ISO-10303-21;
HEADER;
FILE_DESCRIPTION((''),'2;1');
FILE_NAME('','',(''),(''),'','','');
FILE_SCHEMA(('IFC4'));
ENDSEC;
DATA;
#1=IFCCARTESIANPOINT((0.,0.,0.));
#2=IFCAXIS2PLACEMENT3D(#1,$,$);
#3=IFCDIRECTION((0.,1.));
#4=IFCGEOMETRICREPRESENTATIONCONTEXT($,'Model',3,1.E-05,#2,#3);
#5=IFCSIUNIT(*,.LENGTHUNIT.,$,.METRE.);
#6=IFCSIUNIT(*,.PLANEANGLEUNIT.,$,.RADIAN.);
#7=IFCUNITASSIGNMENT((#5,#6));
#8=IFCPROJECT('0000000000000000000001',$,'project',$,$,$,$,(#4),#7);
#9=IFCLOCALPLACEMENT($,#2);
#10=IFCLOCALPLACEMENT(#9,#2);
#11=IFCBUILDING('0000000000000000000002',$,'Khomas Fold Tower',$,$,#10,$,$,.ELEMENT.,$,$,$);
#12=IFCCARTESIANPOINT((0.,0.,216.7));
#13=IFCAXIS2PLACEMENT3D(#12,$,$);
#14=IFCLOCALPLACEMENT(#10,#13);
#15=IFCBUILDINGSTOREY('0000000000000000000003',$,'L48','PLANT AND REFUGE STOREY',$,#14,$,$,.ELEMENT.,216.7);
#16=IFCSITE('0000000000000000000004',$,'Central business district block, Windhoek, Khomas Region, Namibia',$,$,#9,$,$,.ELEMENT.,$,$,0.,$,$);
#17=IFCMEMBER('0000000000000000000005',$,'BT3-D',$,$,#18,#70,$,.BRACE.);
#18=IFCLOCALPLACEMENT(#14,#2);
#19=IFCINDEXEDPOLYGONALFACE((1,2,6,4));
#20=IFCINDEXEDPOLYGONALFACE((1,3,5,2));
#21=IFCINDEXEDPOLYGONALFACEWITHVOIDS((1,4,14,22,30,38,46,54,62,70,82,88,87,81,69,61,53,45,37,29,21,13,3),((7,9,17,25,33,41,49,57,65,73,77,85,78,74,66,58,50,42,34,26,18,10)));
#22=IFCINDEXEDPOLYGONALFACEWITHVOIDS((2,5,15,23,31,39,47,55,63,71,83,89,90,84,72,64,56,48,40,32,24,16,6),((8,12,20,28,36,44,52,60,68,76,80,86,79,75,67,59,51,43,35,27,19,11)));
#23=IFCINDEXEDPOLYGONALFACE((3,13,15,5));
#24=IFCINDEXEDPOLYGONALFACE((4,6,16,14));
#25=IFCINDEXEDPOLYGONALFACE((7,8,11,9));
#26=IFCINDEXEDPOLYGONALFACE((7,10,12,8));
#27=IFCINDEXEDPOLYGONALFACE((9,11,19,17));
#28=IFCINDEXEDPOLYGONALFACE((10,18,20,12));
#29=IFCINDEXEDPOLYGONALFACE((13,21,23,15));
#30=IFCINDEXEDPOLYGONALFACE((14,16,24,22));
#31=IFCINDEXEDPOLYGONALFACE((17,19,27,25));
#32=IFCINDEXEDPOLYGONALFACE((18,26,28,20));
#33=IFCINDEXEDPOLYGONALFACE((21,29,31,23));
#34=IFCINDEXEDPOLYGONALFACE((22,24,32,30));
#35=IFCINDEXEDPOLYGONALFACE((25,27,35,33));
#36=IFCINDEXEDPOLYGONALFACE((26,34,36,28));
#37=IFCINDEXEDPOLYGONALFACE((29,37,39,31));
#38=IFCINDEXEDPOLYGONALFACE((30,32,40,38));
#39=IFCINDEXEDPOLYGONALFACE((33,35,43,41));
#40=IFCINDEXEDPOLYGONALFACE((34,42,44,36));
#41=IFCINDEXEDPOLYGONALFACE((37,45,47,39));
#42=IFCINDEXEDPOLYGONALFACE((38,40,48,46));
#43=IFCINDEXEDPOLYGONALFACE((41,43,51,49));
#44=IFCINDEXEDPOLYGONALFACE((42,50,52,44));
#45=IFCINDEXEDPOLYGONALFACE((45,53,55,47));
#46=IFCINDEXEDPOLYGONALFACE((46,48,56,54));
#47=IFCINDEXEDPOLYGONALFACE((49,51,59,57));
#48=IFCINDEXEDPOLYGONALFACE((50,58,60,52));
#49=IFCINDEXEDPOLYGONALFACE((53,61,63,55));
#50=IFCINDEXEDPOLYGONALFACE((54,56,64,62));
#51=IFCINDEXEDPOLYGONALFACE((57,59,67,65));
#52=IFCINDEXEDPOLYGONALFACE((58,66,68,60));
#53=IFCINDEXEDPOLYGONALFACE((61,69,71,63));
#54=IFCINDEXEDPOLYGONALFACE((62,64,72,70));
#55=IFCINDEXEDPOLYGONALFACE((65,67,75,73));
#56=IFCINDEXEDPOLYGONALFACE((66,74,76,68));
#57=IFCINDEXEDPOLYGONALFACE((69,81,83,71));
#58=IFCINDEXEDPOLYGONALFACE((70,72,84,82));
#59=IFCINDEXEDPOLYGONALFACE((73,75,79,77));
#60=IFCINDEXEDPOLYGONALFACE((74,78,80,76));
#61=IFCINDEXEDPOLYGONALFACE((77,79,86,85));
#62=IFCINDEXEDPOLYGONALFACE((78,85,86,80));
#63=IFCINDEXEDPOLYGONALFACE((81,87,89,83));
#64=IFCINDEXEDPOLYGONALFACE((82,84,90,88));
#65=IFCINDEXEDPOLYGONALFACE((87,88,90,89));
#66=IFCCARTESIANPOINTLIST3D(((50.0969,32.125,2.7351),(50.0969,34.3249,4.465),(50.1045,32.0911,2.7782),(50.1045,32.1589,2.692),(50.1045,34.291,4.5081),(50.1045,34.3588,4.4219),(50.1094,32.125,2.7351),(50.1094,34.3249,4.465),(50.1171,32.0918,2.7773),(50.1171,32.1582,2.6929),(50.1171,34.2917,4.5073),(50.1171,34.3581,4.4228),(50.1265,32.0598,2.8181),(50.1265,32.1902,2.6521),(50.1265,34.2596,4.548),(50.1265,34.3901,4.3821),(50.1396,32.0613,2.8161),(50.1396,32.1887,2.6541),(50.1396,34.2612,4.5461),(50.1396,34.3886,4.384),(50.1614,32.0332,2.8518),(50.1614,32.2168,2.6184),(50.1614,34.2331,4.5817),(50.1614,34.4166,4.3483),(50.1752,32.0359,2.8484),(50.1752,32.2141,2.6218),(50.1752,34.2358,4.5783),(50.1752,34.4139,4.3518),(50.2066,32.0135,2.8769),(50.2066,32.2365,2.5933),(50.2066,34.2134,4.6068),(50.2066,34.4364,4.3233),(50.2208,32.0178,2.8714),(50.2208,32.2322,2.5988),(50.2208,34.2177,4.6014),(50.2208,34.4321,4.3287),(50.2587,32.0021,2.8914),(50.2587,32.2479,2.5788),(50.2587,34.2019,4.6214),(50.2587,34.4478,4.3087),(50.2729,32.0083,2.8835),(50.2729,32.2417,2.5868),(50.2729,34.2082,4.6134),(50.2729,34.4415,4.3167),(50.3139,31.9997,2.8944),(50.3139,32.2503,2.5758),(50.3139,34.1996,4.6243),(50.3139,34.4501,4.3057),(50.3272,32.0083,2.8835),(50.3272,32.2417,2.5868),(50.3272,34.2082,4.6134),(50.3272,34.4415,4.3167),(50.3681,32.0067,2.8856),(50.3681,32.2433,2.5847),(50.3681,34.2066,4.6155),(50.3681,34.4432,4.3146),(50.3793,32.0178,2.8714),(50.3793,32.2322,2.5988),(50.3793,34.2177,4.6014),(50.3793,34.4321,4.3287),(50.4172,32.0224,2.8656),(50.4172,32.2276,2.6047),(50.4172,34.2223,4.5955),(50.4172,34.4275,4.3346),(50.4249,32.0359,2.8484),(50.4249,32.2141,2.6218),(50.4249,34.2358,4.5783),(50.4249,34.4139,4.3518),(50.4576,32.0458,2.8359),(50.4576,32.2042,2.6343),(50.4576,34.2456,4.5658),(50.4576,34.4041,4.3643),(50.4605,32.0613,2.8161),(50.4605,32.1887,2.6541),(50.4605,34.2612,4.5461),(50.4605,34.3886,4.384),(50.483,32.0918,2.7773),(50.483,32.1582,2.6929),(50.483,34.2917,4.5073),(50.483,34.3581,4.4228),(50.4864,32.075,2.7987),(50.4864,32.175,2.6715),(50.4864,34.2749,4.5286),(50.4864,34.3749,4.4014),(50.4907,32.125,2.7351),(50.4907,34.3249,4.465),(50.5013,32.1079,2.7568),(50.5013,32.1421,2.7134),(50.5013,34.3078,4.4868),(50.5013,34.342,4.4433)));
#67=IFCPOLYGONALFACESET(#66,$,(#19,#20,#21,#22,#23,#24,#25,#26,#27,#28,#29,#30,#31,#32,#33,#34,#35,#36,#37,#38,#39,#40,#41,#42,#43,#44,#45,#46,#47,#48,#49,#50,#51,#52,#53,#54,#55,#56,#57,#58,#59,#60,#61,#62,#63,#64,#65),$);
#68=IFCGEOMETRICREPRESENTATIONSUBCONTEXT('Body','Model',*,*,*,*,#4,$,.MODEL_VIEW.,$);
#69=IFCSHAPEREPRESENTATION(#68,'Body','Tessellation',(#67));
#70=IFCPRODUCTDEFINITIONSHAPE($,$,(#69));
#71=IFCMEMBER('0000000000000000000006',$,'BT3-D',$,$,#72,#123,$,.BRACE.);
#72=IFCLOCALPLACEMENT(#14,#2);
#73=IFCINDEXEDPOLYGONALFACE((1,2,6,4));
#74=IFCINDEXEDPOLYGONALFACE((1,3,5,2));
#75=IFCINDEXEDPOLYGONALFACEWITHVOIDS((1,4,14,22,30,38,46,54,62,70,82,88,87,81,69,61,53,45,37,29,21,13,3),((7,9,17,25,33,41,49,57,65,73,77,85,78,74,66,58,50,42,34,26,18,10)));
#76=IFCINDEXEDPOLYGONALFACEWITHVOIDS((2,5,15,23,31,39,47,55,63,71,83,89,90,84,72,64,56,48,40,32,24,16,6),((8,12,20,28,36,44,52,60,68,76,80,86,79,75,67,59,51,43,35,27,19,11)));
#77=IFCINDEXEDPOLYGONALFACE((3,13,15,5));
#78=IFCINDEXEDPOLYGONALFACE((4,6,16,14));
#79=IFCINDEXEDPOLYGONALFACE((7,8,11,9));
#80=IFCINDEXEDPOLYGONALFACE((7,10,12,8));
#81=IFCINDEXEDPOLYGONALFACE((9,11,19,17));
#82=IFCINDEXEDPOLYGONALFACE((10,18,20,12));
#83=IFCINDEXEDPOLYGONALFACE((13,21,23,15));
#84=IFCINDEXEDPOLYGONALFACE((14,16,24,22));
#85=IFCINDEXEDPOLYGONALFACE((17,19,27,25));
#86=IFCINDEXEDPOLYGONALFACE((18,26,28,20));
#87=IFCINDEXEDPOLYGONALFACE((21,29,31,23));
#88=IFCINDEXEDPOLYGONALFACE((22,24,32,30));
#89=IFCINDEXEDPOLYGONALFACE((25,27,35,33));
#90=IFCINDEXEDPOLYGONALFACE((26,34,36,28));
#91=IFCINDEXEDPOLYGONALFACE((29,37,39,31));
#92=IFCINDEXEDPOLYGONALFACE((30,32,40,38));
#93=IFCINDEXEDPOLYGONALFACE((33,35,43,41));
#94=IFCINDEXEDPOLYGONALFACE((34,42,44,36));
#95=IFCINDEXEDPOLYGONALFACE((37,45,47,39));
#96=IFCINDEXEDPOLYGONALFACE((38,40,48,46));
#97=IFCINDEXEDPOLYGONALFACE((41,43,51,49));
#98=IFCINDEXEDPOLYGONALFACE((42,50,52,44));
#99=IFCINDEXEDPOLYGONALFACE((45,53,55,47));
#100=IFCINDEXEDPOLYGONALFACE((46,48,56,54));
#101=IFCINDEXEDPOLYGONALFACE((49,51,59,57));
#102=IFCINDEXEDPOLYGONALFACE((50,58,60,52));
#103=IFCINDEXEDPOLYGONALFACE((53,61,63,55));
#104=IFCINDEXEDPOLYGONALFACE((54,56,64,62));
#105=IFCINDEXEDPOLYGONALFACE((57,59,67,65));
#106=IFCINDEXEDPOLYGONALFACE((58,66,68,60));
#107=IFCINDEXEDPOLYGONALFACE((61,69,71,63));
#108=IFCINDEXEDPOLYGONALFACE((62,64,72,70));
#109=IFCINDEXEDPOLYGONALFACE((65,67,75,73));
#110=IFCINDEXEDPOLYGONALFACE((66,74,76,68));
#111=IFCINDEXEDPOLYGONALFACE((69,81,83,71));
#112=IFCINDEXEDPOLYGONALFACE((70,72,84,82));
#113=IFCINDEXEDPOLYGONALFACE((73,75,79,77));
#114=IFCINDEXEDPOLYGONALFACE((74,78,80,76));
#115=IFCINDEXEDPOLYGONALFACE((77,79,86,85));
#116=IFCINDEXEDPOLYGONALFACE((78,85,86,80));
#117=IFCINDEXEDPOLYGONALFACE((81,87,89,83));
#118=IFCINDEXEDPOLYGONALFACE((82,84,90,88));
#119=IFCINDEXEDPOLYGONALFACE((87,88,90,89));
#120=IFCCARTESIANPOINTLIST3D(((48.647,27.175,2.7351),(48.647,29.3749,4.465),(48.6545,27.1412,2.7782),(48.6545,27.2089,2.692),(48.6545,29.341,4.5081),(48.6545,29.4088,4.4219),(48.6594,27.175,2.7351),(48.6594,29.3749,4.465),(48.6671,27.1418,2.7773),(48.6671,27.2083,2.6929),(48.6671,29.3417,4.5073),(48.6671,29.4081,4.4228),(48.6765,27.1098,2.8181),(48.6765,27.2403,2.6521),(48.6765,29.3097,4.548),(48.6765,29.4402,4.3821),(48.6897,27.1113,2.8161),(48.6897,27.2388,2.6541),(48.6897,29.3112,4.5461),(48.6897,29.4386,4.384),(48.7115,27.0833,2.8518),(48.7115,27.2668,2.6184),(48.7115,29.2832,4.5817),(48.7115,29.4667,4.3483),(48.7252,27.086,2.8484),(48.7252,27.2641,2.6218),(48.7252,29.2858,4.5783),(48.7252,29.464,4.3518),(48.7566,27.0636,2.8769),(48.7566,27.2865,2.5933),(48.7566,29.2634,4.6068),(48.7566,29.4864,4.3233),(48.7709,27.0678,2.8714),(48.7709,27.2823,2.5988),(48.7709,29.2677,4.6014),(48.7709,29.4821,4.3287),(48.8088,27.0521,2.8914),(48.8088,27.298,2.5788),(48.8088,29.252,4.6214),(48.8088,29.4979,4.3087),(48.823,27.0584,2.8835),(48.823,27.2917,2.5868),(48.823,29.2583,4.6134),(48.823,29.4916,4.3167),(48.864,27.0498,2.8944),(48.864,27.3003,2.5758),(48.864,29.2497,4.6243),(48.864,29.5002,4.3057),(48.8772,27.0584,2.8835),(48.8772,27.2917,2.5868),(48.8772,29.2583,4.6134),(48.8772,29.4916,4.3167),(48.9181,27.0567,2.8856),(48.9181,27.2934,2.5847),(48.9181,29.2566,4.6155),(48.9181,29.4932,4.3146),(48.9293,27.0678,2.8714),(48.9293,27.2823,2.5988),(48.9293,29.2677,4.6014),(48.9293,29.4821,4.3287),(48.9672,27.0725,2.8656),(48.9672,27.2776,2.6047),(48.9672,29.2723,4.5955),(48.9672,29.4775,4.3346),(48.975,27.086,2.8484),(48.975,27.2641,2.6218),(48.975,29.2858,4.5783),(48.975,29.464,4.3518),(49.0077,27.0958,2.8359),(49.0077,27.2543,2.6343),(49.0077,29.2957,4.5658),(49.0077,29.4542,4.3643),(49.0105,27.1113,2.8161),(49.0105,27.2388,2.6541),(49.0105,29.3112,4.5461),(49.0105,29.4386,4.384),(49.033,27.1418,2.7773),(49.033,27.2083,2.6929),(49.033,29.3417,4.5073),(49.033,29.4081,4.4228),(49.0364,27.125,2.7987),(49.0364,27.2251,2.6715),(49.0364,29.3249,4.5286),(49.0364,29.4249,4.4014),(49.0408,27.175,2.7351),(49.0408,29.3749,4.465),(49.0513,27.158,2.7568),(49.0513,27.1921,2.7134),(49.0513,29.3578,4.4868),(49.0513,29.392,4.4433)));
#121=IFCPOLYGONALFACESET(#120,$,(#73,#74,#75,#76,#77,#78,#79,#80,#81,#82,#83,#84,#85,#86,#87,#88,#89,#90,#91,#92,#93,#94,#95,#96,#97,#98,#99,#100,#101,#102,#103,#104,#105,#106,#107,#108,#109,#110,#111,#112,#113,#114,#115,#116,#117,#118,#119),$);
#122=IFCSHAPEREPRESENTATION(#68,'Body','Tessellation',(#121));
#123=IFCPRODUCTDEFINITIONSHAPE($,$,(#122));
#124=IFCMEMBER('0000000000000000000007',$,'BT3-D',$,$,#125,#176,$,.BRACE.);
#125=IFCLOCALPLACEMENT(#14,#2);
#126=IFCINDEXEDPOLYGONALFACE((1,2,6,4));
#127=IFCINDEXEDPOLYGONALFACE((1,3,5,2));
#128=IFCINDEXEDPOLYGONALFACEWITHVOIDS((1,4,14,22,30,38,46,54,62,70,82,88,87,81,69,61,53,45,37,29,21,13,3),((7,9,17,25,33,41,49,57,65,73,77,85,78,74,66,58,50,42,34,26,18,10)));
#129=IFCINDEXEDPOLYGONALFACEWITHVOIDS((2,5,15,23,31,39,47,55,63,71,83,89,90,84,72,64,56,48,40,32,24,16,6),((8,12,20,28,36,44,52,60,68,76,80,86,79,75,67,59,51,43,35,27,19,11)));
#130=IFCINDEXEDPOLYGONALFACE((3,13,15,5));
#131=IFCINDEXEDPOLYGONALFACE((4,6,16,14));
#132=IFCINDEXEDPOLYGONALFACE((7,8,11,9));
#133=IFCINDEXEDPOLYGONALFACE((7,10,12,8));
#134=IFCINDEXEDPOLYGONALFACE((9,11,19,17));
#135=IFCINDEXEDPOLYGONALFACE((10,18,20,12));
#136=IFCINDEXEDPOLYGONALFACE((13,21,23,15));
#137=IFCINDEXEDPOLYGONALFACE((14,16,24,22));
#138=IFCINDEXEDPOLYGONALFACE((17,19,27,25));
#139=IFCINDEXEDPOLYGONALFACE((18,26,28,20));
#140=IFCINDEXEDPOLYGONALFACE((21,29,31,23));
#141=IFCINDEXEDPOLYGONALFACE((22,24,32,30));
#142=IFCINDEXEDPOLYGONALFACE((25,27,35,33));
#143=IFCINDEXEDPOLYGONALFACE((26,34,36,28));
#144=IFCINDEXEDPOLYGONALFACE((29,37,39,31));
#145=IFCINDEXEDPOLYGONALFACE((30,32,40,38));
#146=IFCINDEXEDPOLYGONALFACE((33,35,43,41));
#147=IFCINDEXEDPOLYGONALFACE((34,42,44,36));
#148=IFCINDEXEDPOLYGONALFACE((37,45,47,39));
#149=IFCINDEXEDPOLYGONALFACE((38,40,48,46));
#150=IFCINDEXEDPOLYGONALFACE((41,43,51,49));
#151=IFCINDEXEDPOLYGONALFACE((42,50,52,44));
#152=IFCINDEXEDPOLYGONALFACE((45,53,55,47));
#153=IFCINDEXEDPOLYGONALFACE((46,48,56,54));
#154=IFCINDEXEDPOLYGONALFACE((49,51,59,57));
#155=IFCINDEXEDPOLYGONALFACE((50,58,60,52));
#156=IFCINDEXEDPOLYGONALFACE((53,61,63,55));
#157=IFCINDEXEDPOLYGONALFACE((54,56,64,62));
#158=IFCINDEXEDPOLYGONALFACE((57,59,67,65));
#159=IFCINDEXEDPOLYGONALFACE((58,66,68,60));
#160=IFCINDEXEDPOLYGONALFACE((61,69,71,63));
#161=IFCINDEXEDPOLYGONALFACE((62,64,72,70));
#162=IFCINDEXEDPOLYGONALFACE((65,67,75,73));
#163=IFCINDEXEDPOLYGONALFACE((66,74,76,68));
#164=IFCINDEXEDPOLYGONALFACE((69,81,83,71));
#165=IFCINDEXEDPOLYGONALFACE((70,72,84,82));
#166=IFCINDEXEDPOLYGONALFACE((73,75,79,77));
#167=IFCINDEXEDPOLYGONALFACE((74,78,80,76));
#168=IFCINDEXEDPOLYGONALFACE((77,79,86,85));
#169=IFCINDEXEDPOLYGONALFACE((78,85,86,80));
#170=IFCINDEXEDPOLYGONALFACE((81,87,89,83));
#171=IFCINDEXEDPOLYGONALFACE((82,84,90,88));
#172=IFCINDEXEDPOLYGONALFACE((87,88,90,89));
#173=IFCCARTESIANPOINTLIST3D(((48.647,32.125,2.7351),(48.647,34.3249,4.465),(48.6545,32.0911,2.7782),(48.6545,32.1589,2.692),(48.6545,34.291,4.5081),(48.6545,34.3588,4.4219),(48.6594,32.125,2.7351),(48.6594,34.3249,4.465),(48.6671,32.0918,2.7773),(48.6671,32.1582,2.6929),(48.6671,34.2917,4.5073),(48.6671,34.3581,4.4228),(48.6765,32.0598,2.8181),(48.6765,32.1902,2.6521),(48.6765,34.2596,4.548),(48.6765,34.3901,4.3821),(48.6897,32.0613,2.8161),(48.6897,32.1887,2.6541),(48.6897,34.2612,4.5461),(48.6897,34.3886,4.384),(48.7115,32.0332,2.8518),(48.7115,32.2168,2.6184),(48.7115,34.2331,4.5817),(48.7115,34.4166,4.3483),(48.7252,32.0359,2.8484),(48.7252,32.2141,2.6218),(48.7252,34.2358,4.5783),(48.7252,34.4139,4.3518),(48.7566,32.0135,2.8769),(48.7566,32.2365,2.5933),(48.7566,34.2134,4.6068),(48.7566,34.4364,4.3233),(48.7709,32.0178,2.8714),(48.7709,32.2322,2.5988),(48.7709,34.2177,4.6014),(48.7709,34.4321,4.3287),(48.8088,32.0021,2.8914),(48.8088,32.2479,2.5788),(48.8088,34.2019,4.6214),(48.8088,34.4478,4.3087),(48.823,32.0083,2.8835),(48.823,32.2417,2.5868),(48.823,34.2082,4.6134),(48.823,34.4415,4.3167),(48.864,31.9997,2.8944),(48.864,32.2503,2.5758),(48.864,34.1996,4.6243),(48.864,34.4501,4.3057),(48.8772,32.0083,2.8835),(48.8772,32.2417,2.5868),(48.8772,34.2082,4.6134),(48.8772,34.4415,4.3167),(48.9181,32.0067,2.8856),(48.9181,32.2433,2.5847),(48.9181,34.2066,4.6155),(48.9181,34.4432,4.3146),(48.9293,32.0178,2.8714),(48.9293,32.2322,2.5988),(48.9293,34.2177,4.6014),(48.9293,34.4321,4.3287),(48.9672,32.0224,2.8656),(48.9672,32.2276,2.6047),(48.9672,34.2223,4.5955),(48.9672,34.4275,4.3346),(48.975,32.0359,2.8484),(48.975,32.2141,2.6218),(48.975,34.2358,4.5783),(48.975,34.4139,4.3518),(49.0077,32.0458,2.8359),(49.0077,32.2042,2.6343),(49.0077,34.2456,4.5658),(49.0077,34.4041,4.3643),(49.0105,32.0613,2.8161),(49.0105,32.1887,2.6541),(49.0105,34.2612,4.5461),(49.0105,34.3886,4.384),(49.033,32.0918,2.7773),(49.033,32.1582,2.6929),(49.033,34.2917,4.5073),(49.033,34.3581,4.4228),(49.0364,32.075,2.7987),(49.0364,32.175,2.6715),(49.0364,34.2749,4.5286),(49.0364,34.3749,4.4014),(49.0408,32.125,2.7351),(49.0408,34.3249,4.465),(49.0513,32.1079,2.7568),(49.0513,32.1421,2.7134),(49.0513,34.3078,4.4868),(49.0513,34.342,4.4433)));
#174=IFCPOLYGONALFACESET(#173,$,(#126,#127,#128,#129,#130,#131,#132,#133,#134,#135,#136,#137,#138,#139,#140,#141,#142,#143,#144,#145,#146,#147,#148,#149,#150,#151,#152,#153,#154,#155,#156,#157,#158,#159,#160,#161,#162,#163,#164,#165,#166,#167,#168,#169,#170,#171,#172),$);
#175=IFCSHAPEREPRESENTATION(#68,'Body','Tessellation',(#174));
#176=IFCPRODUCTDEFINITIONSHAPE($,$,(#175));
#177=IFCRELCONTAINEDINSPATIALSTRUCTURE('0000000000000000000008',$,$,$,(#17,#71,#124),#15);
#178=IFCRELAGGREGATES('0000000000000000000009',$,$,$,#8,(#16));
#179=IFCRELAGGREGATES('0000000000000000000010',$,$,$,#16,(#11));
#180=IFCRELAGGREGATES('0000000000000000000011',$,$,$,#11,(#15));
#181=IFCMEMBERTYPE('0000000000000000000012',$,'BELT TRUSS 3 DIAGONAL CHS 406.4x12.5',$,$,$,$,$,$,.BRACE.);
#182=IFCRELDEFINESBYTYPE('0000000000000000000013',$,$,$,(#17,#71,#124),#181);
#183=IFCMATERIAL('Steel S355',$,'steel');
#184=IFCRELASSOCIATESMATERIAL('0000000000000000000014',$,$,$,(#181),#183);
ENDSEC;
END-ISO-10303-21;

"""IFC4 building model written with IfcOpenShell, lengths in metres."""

from ifc_helpers import new_model, si_unit, direction, frame, origin, origin_2d, place, context, subcontext, project, spatial, hollow_circle, extrude, source, transform, mapped, material, material_profile, profile_set, type_object, element, save


model = new_model("IFC4")

# Units and contexts
model_context = context("Model", 3, precision=1e-05, world=origin(), true_north=direction((0.0, 1.0)))
body_context = subcontext(model_context, "Body", "Model", "MODEL_VIEW")
ifc_project = project(units=[si_unit("LENGTHUNIT", "METRE"), si_unit("PLANEANGLEUNIT", "RADIAN")], contexts=[model_context])

# Site, building, storey
site_placement = place(None, origin())
site = spatial("IfcSite", under=ifc_project, at=site_placement, Name="Central business district block, Windhoek, Khomas Region, Namibia", CompositionType="ELEMENT", RefElevation=0.0)
building_placement = place(site_placement, origin())
building = spatial("IfcBuilding", under=site, at=building_placement, Name="Khomas Fold Tower", CompositionType="ELEMENT")
storey_placement = place(building_placement, frame((0.0, 0.0, 216.7)))
storey = spatial("IfcBuildingStorey", under=building, at=storey_placement, Name="L48", Description="PLANT AND REFUGE STOREY", CompositionType="ELEMENT", Elevation=216.7)

# Members
ifc_material_1 = material(Name="Steel S355", Category="steel")
ifc_material_profile_1 = material_profile(ifc_material_1, hollow_circle(Radius=0.2031, WallThickness=0.0125, at=origin_2d()), Name="CHS 406.4x12.5")
ifc_profile_set_1 = profile_set([ifc_material_profile_1], Name="Steel S355")
member_type_1 = type_object("IfcMemberType", Name="BELT TRUSS 3 DIAGONAL CHS 406.4x12.5", PredefinedType="BRACE", material=ifc_profile_set_1)
shared_shape_1 = source(origin(), body_context, "Body", "SweptSolid", [
    extrude(hollow_circle(Radius=0.2031, WallThickness=0.0125, at=origin_2d()), origin(), (0.0, 0.0, 1.0), 2.7986),
])
for number, where, z_axis, x_axis, name in (
    (1, (50.3, 32.125, 2.7351), (0.0, 0.786067, 0.618141), (-1.0, 0.0, 0.0), "BT3-D"),
    (2, (48.8501, 27.175, 2.7351), (0.0, 0.786067, 0.618141), (-1.0, 0.0, 0.0), "BT3-D"),
    (3, (48.8501, 32.125, 2.7351), (0.0, 0.786067, 0.618141), (-1.0, 0.0, 0.0), "BT3-D"),
):
    element("IfcMember", number, at=place(storey_placement, frame(where, z_axis=z_axis, x_axis=x_axis)), inside=storey, type_object=member_type_1, Name=name, PredefinedType="BRACE", context=body_context, shape_type="MappedRepresentation", body=[
        mapped(shared_shape_1, transform((0.0, 0.0, 0.0))),
    ])

save(model, "model.ifc")
